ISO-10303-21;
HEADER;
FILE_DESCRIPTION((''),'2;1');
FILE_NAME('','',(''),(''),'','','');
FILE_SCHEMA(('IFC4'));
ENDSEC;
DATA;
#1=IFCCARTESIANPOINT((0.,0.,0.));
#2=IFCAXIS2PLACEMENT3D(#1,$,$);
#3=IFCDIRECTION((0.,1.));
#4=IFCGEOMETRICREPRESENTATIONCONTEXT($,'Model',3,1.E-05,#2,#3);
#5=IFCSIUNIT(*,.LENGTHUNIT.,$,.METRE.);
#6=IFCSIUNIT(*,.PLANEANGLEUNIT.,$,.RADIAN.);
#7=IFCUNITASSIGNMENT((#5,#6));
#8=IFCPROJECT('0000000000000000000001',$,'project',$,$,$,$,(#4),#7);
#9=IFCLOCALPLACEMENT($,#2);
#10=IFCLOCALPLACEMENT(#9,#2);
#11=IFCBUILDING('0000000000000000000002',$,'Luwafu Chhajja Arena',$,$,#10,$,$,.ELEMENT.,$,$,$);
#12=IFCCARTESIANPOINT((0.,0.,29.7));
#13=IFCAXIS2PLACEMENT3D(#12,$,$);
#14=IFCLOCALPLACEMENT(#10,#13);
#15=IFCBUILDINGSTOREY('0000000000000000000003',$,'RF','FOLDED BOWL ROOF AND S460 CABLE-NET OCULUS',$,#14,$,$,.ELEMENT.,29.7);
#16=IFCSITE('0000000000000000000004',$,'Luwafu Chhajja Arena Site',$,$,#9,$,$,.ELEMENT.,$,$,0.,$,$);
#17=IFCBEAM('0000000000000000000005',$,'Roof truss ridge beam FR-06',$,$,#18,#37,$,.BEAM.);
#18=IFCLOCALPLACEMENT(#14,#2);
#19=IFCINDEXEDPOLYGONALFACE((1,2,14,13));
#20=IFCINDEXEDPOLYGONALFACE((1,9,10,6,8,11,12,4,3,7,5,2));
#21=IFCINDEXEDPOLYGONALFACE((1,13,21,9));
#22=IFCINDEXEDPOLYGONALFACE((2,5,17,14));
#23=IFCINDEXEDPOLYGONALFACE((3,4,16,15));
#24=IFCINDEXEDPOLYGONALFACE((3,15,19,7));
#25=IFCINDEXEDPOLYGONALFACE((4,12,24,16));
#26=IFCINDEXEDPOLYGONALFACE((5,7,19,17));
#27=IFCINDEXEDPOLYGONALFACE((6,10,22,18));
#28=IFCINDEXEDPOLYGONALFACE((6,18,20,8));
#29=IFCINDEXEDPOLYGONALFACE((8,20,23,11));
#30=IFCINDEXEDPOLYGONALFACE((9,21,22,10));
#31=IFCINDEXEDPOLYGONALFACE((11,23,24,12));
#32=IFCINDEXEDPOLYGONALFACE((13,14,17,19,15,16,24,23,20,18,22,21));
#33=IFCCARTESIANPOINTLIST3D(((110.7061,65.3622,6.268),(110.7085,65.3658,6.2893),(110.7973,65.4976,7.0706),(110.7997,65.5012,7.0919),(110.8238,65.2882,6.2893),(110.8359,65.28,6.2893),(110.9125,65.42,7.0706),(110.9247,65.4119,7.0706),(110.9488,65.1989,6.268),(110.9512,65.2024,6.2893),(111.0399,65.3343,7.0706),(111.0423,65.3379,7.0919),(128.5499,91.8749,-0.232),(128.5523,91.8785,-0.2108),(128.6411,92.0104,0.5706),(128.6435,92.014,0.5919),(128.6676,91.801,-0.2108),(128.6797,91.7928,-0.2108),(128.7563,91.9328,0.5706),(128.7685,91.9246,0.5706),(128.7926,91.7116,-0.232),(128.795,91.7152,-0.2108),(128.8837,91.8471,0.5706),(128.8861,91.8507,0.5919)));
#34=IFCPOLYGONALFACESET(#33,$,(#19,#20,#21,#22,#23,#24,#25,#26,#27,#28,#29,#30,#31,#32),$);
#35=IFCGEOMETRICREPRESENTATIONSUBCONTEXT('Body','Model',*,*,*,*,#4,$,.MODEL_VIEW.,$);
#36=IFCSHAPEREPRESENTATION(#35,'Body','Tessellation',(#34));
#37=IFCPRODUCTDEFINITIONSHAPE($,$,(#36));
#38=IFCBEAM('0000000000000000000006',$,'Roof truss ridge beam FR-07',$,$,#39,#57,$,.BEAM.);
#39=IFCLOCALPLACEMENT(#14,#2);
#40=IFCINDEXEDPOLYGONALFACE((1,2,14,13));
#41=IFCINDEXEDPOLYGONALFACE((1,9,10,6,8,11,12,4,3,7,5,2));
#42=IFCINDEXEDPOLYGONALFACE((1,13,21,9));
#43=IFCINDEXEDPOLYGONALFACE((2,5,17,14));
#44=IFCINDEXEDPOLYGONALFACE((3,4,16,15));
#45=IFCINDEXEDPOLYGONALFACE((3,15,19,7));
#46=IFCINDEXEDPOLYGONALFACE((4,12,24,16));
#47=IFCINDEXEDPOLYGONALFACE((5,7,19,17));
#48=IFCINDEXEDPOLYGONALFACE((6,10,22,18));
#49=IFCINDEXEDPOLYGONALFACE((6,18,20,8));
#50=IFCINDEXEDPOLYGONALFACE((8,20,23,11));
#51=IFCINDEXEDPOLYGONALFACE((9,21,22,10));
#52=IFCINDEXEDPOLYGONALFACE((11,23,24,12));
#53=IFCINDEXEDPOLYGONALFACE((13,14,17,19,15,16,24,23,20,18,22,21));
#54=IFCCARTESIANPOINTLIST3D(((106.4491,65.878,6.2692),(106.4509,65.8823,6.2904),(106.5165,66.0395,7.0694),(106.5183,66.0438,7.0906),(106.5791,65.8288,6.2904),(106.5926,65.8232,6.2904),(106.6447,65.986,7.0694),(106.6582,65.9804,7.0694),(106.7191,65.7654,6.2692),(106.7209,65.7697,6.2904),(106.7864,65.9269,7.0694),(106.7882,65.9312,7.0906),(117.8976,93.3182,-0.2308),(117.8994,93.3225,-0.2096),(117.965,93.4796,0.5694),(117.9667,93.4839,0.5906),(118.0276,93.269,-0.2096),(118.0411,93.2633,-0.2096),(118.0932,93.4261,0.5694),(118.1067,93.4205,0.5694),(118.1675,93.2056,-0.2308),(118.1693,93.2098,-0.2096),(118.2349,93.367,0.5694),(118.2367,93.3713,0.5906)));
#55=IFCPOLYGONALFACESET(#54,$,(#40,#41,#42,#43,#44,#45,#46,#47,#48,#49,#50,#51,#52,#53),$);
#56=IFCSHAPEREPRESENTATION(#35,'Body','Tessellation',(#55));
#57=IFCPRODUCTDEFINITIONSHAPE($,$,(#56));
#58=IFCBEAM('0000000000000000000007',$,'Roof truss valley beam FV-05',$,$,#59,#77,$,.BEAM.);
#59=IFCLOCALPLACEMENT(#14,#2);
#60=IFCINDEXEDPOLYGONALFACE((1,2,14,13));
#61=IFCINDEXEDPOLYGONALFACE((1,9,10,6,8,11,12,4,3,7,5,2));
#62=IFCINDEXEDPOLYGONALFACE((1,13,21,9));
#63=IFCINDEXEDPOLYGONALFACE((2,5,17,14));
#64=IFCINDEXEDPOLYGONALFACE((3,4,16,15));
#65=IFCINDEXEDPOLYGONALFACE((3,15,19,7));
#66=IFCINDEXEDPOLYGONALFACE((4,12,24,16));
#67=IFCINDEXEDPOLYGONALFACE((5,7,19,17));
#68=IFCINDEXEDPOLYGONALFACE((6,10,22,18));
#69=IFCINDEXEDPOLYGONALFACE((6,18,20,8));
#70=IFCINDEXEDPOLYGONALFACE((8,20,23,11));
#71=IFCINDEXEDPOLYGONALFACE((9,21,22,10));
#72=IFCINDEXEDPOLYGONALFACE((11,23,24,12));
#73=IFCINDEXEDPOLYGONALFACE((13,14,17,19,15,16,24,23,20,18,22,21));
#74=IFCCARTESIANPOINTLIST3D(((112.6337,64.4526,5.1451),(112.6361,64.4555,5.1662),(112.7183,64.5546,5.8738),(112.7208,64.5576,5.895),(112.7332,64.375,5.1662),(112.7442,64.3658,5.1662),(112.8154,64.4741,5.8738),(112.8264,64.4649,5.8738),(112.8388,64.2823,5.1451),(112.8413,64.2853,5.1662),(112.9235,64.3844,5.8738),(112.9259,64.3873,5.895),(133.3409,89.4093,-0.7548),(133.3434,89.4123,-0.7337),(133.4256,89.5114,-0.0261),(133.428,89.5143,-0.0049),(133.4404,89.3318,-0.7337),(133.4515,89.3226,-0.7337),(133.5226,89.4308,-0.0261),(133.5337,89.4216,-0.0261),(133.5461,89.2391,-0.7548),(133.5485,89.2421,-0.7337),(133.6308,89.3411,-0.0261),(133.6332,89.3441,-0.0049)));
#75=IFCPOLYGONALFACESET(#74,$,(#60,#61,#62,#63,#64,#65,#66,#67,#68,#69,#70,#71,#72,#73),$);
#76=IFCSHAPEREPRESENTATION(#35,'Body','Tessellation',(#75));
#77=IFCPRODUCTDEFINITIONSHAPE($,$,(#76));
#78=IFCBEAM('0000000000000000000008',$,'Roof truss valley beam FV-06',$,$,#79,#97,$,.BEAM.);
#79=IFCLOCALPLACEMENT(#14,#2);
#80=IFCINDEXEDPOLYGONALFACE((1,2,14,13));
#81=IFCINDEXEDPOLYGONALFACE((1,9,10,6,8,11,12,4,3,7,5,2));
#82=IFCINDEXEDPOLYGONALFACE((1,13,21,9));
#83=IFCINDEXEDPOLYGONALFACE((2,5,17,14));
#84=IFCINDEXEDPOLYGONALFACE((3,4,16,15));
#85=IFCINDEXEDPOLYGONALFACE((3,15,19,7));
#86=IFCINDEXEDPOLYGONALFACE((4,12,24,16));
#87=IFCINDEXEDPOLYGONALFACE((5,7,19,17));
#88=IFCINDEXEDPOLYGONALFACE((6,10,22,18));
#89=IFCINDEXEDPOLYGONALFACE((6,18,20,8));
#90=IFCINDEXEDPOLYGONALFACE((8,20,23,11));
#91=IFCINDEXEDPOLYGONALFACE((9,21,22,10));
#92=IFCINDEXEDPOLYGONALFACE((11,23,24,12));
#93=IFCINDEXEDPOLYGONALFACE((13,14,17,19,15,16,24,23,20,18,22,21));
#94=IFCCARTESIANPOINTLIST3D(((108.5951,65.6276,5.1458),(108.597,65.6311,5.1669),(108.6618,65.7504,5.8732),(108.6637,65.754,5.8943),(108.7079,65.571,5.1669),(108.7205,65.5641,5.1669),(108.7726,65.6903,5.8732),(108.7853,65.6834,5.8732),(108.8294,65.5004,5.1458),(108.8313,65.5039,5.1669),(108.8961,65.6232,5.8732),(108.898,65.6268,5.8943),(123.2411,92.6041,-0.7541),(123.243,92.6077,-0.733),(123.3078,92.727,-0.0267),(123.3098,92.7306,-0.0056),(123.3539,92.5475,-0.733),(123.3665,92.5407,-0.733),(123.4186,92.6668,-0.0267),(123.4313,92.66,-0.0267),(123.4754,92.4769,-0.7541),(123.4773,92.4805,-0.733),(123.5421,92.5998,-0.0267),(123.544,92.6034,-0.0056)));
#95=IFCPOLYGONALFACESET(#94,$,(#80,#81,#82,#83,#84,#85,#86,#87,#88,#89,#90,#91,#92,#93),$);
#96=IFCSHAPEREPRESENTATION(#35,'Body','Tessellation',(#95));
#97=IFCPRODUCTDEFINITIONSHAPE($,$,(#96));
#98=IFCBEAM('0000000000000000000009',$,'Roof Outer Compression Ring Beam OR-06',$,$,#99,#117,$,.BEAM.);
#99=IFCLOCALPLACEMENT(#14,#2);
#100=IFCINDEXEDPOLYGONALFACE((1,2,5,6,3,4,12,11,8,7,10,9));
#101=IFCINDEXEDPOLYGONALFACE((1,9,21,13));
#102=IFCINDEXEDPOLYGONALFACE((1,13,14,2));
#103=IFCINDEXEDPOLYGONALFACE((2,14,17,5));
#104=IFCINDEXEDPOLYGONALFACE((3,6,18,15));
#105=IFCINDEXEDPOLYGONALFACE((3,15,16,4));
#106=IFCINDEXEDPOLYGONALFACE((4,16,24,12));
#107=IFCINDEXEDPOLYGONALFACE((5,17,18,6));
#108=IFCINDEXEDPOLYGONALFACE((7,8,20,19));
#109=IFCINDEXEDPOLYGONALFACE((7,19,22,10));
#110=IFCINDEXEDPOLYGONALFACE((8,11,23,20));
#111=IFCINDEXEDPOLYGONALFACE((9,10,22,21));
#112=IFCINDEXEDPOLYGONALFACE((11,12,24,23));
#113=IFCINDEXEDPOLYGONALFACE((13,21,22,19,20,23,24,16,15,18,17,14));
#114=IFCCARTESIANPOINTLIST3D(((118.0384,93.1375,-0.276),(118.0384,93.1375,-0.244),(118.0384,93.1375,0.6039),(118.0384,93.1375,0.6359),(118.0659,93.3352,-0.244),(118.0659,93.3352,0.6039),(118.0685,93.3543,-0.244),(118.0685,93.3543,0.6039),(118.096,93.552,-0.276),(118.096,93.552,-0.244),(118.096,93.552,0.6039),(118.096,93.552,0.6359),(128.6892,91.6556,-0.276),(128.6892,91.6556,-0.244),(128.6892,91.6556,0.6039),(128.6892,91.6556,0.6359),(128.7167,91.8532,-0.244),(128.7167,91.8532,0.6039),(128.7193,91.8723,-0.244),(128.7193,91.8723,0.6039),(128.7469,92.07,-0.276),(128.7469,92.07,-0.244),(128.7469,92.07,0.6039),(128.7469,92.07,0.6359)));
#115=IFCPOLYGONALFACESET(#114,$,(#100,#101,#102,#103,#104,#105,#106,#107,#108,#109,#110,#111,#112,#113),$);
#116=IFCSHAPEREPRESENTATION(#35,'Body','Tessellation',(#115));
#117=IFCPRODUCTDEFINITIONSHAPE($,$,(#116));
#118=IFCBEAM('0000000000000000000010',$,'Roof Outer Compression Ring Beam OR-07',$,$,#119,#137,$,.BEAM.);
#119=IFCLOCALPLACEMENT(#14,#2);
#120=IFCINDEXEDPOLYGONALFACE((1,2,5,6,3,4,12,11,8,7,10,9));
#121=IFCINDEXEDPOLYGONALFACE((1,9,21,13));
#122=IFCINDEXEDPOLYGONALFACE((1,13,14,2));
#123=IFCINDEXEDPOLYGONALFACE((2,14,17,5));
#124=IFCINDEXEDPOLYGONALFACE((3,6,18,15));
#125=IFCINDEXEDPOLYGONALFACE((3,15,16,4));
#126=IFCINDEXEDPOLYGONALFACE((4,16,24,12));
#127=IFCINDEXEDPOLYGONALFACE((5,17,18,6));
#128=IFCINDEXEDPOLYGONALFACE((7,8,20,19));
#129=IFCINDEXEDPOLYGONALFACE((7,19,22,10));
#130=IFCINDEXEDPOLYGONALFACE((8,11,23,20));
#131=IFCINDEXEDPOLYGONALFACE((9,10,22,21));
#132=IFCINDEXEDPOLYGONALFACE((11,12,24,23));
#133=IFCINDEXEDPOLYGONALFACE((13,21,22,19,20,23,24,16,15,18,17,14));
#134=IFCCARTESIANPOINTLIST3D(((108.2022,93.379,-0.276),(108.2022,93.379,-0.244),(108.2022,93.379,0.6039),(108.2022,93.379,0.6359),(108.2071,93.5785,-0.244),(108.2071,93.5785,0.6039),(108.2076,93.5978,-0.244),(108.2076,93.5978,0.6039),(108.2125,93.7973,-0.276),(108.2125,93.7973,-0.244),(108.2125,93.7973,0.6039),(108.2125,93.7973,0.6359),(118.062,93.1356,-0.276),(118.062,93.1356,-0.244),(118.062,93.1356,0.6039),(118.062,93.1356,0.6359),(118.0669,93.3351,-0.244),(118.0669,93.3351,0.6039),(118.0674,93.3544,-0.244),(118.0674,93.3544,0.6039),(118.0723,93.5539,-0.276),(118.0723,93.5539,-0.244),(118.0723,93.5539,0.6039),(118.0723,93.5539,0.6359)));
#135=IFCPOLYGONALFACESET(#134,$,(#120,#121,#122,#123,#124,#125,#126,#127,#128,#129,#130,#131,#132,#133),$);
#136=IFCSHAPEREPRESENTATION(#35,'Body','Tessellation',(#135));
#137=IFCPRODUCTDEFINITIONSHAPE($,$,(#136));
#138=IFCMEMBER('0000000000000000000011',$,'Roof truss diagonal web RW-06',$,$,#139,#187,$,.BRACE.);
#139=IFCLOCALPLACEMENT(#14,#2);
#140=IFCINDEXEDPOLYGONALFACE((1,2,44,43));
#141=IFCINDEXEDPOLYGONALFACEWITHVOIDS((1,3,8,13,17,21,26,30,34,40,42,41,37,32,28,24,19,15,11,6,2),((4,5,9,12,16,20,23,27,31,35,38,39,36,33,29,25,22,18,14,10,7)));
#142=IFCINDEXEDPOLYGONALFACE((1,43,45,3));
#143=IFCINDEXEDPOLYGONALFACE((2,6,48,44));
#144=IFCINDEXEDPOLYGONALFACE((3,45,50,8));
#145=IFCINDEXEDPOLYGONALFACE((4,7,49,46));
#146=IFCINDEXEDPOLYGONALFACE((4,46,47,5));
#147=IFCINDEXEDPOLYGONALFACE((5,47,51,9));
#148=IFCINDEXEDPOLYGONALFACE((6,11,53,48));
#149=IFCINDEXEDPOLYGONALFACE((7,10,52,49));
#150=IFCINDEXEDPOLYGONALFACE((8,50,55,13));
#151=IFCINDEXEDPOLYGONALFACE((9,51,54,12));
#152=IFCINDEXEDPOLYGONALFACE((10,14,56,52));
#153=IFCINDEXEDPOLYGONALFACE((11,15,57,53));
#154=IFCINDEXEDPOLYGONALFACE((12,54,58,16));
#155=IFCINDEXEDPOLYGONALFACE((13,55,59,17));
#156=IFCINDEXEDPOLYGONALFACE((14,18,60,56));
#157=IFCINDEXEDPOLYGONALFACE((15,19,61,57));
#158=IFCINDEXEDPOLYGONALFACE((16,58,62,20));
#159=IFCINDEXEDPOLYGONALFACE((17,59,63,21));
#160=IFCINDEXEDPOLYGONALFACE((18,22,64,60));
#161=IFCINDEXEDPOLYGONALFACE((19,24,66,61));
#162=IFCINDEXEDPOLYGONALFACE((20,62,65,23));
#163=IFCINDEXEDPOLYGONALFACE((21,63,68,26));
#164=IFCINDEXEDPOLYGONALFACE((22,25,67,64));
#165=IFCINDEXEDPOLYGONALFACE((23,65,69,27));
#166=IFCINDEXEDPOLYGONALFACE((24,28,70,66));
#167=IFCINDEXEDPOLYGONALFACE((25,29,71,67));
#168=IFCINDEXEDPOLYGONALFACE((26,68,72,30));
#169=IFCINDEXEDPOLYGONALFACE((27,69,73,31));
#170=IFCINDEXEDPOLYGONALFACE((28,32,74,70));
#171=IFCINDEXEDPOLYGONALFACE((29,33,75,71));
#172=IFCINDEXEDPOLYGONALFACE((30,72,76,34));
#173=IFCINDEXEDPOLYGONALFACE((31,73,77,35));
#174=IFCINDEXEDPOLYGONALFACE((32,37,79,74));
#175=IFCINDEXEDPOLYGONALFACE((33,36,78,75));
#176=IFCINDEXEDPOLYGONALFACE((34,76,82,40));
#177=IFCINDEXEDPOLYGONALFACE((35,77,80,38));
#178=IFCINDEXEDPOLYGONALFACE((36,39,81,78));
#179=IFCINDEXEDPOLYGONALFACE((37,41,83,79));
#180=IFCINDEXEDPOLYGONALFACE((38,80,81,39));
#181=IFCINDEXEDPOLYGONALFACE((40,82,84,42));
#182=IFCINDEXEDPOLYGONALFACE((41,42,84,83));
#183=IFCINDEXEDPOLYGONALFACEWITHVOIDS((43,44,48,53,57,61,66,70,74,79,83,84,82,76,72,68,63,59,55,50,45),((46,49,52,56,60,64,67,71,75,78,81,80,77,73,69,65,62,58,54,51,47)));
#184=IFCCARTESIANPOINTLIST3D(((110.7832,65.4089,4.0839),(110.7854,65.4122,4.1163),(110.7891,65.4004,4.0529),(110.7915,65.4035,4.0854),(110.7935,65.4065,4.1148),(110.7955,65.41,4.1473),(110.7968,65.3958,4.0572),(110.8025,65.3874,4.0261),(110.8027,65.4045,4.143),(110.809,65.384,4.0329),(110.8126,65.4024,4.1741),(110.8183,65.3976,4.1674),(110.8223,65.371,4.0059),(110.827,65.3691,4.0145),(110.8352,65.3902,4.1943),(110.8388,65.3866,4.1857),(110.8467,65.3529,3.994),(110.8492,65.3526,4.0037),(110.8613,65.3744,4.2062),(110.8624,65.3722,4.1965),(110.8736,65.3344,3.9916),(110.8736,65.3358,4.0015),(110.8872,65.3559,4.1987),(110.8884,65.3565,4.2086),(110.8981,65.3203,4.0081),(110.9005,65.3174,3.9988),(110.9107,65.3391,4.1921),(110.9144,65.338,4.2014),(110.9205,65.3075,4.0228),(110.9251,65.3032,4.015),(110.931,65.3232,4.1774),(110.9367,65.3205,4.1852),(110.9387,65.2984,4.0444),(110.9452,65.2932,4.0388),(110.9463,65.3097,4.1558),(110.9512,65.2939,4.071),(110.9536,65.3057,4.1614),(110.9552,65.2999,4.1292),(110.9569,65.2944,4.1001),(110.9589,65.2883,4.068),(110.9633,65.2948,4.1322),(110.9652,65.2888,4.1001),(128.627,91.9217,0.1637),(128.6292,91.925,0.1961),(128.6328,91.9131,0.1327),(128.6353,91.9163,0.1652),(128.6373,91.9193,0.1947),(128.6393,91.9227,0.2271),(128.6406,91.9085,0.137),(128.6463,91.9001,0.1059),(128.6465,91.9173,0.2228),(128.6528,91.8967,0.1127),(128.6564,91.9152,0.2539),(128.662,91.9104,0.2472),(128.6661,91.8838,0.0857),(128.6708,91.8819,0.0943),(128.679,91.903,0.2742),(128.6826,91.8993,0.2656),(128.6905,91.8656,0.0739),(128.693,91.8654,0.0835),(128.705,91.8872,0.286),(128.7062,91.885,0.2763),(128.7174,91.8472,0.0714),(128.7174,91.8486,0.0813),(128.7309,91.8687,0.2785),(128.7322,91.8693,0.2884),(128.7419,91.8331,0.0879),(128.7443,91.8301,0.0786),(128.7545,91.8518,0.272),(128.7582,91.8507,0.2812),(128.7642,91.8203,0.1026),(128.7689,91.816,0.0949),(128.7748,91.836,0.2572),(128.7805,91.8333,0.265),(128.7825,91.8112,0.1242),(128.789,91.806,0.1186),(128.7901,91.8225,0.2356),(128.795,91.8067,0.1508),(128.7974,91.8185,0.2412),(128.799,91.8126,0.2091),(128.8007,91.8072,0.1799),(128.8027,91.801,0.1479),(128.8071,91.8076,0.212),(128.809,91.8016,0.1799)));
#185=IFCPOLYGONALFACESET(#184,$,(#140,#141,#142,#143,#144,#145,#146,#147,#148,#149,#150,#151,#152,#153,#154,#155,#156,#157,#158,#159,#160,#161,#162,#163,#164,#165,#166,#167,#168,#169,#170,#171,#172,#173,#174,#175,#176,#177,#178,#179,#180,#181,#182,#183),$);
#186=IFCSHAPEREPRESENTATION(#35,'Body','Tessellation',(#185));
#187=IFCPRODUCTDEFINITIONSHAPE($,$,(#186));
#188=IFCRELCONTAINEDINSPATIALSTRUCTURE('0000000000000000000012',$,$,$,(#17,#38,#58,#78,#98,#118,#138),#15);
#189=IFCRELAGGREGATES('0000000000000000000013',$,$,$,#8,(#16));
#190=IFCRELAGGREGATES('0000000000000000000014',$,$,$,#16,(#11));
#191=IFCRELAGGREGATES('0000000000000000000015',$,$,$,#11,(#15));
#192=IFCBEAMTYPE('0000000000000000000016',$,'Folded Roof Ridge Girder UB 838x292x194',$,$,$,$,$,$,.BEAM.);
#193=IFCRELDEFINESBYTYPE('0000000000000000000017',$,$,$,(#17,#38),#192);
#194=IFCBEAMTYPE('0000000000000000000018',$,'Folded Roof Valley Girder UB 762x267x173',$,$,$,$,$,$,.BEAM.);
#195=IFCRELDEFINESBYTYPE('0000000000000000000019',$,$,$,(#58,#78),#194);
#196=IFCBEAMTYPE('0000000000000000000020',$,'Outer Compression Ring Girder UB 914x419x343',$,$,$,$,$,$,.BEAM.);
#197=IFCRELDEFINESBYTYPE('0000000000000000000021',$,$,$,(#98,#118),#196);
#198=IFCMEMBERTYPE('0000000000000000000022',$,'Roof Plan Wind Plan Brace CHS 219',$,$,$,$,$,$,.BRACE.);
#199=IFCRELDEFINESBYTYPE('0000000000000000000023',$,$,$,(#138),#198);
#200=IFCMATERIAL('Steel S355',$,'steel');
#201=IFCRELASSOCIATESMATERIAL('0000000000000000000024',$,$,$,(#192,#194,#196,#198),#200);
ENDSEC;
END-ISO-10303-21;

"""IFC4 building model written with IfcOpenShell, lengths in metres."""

from ifc_helpers import new_model, si_unit, direction, frame, origin, origin_2d, place, context, subcontext, project, spatial, hollow_circle, i_section, extrude, material, material_profile, profile_set, type_object, element, save


model = new_model("IFC4")

# Units and contexts
model_context = context("Model", 3, precision=1e-05, world=origin(), true_north=direction((0.0, 1.0)))
body_context = subcontext(model_context, "Body", "Model", "MODEL_VIEW")
ifc_project = project(units=[si_unit("LENGTHUNIT", "METRE"), si_unit("PLANEANGLEUNIT", "RADIAN")], contexts=[model_context])

# Site, building, storey
site_placement = place(None, origin())
site = spatial("IfcSite", under=ifc_project, at=site_placement, Name="Luwafu Chhajja Arena Site", CompositionType="ELEMENT", RefElevation=0.0)
building_placement = place(site_placement, origin())
building = spatial("IfcBuilding", under=site, at=building_placement, Name="Luwafu Chhajja Arena", CompositionType="ELEMENT")
storey_placement = place(building_placement, frame((0.0, 0.0, 29.7)))
storey = spatial("IfcBuildingStorey", under=building, at=storey_placement, Name="RF", Description="FOLDED BOWL ROOF AND S460 CABLE-NET OCULUS", CompositionType="ELEMENT", Elevation=29.7)

# Beams
ifc_material_1 = material(Name="Steel S355", Category="steel")
ifc_material_profile_1 = material_profile(ifc_material_1, i_section(OverallWidth=0.2925, OverallDepth=0.8408, WebThickness=0.0146, FlangeThickness=0.0217, at=origin_2d()), Name="UB 838x292x194")
ifc_profile_set_1 = profile_set([ifc_material_profile_1], Name="Steel S355")
beam_type_1 = type_object("IfcBeamType", Name="Folded Roof Ridge Girder UB 838x292x194", PredefinedType="BEAM", material=ifc_profile_set_1)
beam_1_placement = place(storey_placement, frame((128.718, 91.8628, 0.1799), z_axis=(-0.547145, -0.812962, 0.19931), x_axis=(0.829607, -0.558348, 0.0)))
element("IfcBeam", 1, at=beam_1_placement, inside=storey, type_object=beam_type_1, Name="Roof truss ridge beam FR-06", PredefinedType="BEAM", context=body_context, shape_type="SweptSolid", body=[
    extrude(i_section(OverallWidth=0.2925, OverallDepth=0.8408, WebThickness=0.0146, FlangeThickness=0.0217, at=origin_2d()), origin(), (0.0, 0.0, 1.0), 32.6125),
])
beam_2_placement = place(storey_placement, frame((118.0671, 93.3447, 0.1799), z_axis=(-0.376163, -0.901603, 0.213571), x_axis=(0.922897, -0.385047, 0.0)))
element("IfcBeam", 2, at=beam_2_placement, inside=storey, type_object=beam_type_1, Name="Roof truss ridge beam FR-07", PredefinedType="BEAM", context=body_context, shape_type="SweptSolid", body=[
    extrude(i_section(OverallWidth=0.2925, OverallDepth=0.8408, WebThickness=0.0146, FlangeThickness=0.0217, at=origin_2d()), origin(), (0.0, 0.0, 1.0), 30.4348),
])
ifc_material_profile_2 = material_profile(ifc_material_1, i_section(OverallWidth=0.2666, OverallDepth=0.7622, WebThickness=0.0144, FlangeThickness=0.0215, at=origin_2d()), Name="UB 762x267x173")
ifc_profile_set_2 = profile_set([ifc_material_profile_2], Name="Steel S355")
beam_type_2 = type_object("IfcBeamType", Name="Folded Roof Valley Girder UB 762x267x173", PredefinedType="BEAM", material=ifc_profile_set_2)
beam_3_placement = place(storey_placement, frame((133.4871, 89.3767, -0.3799), z_axis=(-0.628232, -0.757156, 0.178995), x_axis=(0.769585, -0.638544, 0.0)))
element("IfcBeam", 3, at=beam_3_placement, inside=storey, type_object=beam_type_2, Name="Roof truss valley beam FV-05", PredefinedType="BEAM", context=body_context, shape_type="SweptSolid", body=[
    extrude(i_section(OverallWidth=0.2666, OverallDepth=0.7622, WebThickness=0.0144, FlangeThickness=0.0215, at=origin_2d()), origin(), (0.0, 0.0, 1.0), 32.9612),
])
beam_4_placement = place(storey_placement, frame((123.3926, 92.6038, -0.3799), z_axis=(-0.468555, -0.863035, 0.18875), x_axis=(0.878832, -0.477132, 0.0)))
element("IfcBeam", 4, at=beam_4_placement, inside=storey, type_object=beam_type_2, Name="Roof truss valley beam FV-06", PredefinedType="BEAM", context=body_context, shape_type="SweptSolid", body=[
    extrude(i_section(OverallWidth=0.2666, OverallDepth=0.7622, WebThickness=0.0144, FlangeThickness=0.0215, at=origin_2d()), origin(), (0.0, 0.0, 1.0), 31.2578),
])
ifc_material_profile_3 = material_profile(ifc_material_1, i_section(OverallWidth=0.4185, OverallDepth=0.9119, WebThickness=0.0193, FlangeThickness=0.032, at=origin_2d()), Name="UB 914x419x343")
ifc_profile_set_3 = profile_set([ifc_material_profile_3], Name="Steel S355")
beam_type_3 = type_object("IfcBeamType", Name="Outer Compression Ring Girder UB 914x419x343", PredefinedType="BEAM", material=ifc_profile_set_3)
beam_5_placement = place(storey_placement, frame((128.718, 91.8628, 0.1799), z_axis=(-0.990459, 0.13781, 0.0), x_axis=(-0.13781, -0.990459, 0.0)))
element("IfcBeam", 5, at=beam_5_placement, inside=storey, type_object=beam_type_3, Name="Roof Outer Compression Ring Beam OR-06", PredefinedType="BEAM", context=body_context, shape_type="SweptSolid", body=[
    extrude(i_section(OverallWidth=0.4185, OverallDepth=0.9119, WebThickness=0.0193, FlangeThickness=0.032, at=origin_2d()), origin(), (0.0, 0.0, 1.0), 10.7534),
])
beam_6_placement = place(storey_placement, frame((118.0671, 93.3447, 0.1799), z_axis=(-0.999695, 0.024679, 0.0), x_axis=(-0.024679, -0.999695, 0.0)))
element("IfcBeam", 6, at=beam_6_placement, inside=storey, type_object=beam_type_3, Name="Roof Outer Compression Ring Beam OR-07", PredefinedType="BEAM", context=body_context, shape_type="SweptSolid", body=[
    extrude(i_section(OverallWidth=0.4185, OverallDepth=0.9119, WebThickness=0.0193, FlangeThickness=0.032, at=origin_2d()), origin(), (0.0, 0.0, 1.0), 9.8628),
])

# Member
ifc_material_profile_4 = material_profile(ifc_material_1, hollow_circle(Radius=0.1096, WallThickness=0.01, at=origin_2d()), Name="CHS 219.1x10")
ifc_profile_set_4 = profile_set([ifc_material_profile_4], Name="Steel S355")
member_type = type_object("IfcMemberType", Name="Roof Plan Wind Plan Brace CHS 219", PredefinedType="BRACE", material=ifc_profile_set_4)
member_1_placement = place(storey_placement, frame((128.718, 91.8628, 0.1799), z_axis=(-0.554194, -0.823435, 0.121753), x_axis=(0.829607, -0.558348, 0.0)))
element("IfcMember", 7, at=member_1_placement, inside=storey, type_object=member_type, Name="Roof truss diagonal web RW-06", PredefinedType="BRACE", context=body_context, shape_type="SweptSolid", body=[
    extrude(hollow_circle(Radius=0.1096, WallThickness=0.01, at=origin_2d()), origin(), (0.0, 0.0, 1.0), 32.1978),
])

save(model, "model.ifc")
